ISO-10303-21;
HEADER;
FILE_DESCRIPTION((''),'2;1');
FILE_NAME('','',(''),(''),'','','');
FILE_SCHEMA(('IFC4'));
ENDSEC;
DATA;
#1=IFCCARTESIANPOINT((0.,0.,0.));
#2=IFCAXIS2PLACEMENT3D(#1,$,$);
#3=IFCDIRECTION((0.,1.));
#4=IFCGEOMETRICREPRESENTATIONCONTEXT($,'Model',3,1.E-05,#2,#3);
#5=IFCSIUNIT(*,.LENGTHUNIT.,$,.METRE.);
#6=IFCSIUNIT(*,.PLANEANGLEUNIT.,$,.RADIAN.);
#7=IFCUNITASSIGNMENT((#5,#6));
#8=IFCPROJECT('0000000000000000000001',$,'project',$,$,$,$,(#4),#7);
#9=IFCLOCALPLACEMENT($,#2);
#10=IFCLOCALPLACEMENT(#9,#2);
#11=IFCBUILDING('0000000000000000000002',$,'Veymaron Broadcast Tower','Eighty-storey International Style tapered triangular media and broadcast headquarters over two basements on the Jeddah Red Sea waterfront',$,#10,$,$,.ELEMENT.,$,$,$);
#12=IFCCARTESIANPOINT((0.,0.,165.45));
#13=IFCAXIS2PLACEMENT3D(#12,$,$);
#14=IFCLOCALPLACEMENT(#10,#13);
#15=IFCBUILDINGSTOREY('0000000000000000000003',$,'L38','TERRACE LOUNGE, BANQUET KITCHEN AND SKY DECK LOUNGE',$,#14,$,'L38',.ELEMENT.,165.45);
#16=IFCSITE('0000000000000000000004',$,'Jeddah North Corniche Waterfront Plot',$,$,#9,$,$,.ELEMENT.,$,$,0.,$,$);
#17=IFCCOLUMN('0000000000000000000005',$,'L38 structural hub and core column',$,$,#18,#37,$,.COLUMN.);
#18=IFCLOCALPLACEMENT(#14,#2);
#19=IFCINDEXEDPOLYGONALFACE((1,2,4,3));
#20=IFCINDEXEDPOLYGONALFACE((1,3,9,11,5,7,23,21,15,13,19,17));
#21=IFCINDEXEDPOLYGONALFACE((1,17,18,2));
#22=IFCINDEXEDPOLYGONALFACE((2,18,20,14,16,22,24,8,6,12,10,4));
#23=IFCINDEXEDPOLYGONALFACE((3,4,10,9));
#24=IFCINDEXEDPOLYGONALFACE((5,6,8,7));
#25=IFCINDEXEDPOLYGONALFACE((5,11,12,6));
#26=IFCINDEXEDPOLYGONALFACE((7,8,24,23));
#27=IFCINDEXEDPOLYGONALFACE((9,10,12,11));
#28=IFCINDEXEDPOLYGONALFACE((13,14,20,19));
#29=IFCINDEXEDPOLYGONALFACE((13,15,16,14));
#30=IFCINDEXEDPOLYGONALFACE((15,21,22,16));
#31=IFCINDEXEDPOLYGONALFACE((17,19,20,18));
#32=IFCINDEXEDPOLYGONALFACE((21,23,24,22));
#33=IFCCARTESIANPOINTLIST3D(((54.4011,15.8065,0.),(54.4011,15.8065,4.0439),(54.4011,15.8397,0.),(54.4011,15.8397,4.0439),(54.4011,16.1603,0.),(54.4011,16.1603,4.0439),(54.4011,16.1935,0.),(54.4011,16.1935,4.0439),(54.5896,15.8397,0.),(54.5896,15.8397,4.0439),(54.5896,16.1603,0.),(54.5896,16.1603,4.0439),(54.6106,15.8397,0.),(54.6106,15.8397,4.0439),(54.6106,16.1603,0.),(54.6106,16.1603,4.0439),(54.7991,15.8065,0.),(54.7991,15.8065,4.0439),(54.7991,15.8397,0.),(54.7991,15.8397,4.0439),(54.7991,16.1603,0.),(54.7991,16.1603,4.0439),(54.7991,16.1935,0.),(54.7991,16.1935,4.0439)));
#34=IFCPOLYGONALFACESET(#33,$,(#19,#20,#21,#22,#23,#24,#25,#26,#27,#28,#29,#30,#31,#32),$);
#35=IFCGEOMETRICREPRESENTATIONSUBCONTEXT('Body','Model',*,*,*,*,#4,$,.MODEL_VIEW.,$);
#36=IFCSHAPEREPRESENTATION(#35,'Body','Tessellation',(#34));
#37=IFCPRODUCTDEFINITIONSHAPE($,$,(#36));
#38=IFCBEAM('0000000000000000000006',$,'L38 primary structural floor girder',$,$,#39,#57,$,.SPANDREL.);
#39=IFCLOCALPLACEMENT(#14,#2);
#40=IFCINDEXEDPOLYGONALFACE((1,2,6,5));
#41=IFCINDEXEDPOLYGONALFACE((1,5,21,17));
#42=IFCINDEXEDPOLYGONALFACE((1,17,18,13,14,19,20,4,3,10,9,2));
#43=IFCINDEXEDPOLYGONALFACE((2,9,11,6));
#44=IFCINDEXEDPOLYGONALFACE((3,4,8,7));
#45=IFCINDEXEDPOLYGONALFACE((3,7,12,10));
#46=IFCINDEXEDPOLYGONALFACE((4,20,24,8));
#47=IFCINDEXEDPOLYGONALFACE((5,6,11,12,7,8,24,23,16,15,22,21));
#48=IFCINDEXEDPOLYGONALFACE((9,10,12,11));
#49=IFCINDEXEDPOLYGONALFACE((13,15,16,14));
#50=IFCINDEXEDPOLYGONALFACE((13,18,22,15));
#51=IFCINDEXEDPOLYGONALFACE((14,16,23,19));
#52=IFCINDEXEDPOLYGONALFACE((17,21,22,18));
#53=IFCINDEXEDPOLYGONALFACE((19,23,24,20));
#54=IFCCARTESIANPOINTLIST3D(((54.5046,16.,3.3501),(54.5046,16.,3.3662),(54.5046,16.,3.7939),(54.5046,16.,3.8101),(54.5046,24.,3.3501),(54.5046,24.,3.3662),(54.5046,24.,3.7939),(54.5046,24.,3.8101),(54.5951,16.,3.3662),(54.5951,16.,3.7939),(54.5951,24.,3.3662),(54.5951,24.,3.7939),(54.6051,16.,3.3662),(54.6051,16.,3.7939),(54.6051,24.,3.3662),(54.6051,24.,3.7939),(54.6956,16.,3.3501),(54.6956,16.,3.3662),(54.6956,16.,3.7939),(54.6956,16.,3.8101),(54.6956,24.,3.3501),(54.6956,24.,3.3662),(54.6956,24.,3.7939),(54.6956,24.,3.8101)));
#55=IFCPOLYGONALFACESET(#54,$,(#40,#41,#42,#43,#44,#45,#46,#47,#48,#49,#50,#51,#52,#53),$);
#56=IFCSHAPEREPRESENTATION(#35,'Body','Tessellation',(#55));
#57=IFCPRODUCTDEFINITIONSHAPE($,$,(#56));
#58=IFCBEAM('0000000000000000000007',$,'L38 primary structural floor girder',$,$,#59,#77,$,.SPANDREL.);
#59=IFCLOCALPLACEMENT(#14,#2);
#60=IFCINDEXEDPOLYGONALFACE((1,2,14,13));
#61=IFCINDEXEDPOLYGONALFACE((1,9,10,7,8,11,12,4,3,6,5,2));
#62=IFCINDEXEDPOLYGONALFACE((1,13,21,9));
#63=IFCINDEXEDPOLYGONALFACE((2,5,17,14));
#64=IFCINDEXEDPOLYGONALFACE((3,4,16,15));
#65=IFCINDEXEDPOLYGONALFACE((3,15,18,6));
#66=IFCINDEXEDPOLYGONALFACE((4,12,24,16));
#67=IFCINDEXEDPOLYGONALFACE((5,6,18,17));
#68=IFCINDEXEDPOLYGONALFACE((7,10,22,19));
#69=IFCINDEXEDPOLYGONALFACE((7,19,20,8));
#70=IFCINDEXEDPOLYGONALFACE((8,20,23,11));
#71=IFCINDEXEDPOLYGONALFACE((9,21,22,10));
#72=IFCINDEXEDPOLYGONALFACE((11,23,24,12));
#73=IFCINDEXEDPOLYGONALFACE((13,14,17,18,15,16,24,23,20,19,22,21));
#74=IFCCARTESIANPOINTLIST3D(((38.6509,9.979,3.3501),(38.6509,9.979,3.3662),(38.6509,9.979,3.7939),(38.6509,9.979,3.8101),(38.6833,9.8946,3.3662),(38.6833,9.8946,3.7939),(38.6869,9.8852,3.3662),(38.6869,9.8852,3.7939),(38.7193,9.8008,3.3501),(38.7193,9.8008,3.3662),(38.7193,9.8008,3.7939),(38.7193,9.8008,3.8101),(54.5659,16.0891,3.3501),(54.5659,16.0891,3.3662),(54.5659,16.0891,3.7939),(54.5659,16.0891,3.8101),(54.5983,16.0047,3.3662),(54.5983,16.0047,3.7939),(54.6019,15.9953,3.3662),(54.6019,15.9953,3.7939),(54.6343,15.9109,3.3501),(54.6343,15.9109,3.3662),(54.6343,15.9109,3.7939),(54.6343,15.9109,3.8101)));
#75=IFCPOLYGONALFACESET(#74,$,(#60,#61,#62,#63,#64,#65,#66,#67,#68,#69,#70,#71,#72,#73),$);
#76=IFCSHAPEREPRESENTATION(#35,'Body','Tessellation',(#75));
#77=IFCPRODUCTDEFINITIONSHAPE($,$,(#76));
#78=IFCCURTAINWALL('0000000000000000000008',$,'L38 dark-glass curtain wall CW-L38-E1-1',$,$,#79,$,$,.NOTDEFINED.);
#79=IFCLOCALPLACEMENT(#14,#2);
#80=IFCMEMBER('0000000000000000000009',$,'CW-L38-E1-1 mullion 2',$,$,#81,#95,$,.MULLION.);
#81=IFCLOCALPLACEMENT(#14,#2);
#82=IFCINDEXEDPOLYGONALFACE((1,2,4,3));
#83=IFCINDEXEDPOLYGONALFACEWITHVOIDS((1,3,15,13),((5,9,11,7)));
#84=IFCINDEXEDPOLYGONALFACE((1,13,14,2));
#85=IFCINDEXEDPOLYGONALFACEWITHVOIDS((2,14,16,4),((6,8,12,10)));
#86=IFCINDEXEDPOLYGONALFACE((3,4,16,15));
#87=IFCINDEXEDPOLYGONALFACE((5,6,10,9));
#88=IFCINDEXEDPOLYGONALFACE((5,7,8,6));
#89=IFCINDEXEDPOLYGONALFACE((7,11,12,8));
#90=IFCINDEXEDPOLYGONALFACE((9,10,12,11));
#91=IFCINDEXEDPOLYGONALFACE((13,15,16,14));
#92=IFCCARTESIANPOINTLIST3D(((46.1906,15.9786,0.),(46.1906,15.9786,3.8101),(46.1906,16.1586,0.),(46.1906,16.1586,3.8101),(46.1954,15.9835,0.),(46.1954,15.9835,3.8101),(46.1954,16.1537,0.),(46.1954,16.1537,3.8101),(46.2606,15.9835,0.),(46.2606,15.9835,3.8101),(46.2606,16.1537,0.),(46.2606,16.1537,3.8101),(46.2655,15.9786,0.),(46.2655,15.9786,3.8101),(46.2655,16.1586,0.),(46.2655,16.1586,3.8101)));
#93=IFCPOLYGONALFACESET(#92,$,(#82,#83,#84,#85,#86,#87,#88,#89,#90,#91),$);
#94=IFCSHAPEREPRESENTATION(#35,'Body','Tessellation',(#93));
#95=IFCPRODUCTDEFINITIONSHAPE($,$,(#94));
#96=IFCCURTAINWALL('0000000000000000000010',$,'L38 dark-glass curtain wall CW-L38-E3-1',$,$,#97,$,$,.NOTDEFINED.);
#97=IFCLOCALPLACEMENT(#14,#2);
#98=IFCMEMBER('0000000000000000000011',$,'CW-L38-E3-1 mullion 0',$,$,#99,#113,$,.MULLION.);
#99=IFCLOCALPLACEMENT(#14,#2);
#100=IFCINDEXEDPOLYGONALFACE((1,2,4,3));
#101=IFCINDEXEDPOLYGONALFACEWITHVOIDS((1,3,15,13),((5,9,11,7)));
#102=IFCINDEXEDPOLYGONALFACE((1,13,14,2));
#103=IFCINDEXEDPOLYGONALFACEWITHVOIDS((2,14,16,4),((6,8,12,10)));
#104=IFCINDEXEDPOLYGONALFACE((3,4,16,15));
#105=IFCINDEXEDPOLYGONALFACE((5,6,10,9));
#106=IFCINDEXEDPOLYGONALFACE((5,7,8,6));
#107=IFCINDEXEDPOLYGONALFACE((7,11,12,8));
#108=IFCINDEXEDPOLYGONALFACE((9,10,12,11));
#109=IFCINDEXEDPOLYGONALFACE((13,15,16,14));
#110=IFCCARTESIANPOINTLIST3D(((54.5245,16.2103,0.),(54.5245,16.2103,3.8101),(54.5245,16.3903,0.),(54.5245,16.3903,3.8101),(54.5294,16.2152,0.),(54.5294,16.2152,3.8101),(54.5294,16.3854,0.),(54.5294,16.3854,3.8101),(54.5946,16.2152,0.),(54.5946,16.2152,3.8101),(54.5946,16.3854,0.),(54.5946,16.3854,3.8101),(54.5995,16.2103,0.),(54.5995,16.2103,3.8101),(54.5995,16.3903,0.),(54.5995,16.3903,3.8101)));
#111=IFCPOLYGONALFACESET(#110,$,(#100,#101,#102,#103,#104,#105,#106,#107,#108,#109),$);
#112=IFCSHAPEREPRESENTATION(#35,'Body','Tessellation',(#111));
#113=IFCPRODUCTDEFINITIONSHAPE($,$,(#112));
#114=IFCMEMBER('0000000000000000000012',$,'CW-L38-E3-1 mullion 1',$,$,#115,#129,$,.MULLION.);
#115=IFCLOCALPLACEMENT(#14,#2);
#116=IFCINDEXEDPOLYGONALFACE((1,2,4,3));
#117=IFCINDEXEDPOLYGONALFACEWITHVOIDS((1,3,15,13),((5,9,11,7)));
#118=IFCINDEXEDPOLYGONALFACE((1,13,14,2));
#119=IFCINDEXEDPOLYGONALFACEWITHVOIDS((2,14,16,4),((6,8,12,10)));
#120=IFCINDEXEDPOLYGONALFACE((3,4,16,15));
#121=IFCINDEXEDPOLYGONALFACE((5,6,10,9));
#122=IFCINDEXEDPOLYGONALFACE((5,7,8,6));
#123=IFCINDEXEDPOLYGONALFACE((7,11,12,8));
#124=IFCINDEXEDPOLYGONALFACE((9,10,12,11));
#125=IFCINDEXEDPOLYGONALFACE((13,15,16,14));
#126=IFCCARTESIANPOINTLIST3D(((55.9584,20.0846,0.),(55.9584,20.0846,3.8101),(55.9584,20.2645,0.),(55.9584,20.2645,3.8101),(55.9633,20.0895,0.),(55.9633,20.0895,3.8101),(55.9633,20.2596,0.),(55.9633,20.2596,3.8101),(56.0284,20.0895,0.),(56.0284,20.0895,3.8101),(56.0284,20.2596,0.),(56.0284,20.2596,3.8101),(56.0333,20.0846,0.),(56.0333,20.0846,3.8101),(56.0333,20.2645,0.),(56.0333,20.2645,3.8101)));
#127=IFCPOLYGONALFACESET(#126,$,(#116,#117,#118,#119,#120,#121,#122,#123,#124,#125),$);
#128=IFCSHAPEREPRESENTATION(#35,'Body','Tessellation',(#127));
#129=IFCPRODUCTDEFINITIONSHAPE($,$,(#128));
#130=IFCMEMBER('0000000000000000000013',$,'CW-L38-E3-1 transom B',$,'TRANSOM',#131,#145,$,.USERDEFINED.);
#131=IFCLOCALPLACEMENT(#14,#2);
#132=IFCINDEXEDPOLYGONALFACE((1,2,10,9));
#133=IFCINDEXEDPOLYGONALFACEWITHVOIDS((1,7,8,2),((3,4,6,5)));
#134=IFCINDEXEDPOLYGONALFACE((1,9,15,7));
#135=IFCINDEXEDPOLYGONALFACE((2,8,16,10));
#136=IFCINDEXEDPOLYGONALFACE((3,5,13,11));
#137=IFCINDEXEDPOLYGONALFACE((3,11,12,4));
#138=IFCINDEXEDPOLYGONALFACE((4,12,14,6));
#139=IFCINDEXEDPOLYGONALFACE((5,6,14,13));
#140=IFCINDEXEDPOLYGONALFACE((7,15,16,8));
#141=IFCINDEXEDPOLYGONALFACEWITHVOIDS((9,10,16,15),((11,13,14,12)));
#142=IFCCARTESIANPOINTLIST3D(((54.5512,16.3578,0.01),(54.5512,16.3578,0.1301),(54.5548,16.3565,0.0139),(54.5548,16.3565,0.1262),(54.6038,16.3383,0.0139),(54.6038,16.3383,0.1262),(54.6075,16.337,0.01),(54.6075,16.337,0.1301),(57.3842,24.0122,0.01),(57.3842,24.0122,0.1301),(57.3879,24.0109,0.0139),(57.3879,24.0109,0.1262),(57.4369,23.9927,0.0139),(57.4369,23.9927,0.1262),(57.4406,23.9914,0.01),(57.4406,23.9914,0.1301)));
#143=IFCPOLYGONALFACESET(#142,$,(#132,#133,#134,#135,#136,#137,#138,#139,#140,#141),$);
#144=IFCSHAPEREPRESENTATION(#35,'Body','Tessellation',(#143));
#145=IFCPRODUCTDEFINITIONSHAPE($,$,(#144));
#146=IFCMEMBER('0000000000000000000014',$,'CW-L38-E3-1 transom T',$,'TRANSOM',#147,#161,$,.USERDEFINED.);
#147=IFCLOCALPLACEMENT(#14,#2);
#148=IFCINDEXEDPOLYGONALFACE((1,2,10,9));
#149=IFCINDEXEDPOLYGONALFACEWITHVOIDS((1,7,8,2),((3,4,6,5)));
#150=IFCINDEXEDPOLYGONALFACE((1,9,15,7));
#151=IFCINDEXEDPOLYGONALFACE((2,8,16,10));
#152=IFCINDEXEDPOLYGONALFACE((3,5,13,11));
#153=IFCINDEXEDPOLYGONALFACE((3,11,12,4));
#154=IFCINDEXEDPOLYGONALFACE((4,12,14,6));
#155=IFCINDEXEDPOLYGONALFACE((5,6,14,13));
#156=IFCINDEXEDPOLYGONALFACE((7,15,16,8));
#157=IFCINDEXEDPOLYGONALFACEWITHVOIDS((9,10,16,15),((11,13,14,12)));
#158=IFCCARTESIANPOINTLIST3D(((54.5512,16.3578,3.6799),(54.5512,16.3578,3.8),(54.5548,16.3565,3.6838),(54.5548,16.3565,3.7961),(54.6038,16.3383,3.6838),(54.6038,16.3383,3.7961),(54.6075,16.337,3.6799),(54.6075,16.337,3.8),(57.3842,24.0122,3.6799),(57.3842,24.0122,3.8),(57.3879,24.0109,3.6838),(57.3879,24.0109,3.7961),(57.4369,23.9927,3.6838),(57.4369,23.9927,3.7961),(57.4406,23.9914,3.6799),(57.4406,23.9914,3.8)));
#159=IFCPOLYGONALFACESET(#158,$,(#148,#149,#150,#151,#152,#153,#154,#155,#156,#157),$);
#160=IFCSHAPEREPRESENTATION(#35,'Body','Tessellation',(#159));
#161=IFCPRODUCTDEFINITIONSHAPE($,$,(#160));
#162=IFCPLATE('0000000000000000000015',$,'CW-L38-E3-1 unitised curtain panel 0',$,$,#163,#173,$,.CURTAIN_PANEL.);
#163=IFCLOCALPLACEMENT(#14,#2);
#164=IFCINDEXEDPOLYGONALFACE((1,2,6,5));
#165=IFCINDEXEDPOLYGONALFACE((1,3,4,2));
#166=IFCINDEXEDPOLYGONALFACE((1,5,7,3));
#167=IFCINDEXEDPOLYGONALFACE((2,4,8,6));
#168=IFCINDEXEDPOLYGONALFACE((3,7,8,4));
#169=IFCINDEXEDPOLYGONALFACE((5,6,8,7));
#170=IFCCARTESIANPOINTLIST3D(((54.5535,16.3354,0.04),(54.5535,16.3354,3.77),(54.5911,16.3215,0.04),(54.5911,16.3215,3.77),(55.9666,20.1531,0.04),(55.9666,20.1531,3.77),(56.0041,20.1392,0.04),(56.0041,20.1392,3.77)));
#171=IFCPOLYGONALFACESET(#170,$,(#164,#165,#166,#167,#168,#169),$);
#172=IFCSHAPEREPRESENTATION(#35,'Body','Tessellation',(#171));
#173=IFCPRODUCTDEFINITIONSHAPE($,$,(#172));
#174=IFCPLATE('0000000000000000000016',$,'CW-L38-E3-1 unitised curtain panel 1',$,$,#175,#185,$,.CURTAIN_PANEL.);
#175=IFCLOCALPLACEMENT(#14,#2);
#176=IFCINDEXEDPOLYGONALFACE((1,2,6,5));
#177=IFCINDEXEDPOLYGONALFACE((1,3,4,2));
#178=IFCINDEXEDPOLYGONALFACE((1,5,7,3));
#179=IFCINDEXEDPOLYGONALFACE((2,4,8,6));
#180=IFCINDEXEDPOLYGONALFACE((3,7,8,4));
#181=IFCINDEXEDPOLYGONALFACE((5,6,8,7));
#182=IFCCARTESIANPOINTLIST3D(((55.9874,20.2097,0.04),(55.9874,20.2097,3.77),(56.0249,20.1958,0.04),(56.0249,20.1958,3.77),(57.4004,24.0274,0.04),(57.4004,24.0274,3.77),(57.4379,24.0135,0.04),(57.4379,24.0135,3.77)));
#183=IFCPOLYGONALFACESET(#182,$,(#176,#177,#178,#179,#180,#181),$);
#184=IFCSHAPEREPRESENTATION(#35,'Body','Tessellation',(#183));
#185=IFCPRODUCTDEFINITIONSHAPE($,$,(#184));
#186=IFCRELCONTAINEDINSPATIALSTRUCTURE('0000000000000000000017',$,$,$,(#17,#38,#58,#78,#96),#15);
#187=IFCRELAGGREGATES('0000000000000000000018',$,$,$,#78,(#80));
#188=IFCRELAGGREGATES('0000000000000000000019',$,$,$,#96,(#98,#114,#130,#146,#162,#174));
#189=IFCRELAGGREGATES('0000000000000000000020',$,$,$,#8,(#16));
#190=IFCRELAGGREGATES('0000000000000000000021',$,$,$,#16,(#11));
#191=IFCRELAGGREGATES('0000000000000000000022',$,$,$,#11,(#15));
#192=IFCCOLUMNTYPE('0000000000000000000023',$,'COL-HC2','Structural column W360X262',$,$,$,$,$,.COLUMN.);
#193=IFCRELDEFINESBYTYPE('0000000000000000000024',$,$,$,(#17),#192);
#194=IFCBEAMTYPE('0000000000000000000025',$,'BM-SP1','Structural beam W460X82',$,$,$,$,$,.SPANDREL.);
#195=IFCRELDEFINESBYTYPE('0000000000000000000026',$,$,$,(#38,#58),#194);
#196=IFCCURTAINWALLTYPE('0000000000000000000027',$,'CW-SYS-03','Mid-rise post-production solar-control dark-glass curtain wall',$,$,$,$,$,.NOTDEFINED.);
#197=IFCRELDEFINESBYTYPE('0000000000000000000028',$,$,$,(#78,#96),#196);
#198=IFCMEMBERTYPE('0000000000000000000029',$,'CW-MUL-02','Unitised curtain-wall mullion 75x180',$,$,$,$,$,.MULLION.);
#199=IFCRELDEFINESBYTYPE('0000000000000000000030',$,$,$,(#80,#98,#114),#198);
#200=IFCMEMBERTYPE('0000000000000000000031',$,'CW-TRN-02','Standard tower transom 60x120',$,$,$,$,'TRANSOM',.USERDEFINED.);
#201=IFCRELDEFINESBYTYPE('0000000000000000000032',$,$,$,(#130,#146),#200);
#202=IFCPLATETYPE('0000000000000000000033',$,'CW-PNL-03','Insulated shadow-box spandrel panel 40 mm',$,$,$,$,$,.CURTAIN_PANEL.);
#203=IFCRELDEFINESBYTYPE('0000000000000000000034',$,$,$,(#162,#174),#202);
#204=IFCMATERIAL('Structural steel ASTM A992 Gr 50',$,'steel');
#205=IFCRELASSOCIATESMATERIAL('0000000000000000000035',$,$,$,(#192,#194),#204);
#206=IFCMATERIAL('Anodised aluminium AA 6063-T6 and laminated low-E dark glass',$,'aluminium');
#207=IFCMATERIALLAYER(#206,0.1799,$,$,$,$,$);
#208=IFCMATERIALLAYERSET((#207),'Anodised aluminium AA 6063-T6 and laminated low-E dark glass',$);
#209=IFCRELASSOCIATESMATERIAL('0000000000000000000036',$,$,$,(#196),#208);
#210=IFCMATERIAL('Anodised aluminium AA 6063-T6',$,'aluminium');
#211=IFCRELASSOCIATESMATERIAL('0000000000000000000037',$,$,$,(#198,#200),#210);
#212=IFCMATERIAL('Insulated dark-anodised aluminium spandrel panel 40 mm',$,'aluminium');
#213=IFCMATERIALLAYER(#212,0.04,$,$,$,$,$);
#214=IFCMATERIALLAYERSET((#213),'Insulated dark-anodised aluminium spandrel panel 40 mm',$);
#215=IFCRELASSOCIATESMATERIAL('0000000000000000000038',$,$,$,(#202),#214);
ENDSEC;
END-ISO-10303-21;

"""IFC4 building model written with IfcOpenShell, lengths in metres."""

from ifc_helpers import new_model, si_unit, direction, frame, origin, origin_2d, place, context, subcontext, project, spatial, rectangle, hollow_rectangle, i_section, extrude, material, layer, layer_set, material_profile, profile_set, type_object, element, aggregate, save


model = new_model("IFC4")

# Units and contexts
model_context = context("Model", 3, precision=1e-05, world=origin(), true_north=direction((0.0, 1.0)))
body_context = subcontext(model_context, "Body", "Model", "MODEL_VIEW")
ifc_project = project(units=[si_unit("LENGTHUNIT", "METRE"), si_unit("PLANEANGLEUNIT", "RADIAN")], contexts=[model_context])

# Site, building, storey
site_placement = place(None, origin())
site = spatial("IfcSite", under=ifc_project, at=site_placement, Name="Jeddah North Corniche Waterfront Plot", CompositionType="ELEMENT", RefElevation=0.0)
building_placement = place(site_placement, origin())
building = spatial("IfcBuilding", under=site, at=building_placement, Name="Veymaron Broadcast Tower", Description="Eighty-storey International Style tapered triangular media and broadcast headquarters over two basements on the Jeddah Red Sea waterfront", CompositionType="ELEMENT")
storey_placement = place(building_placement, frame((0.0, 0.0, 165.45)))
storey = spatial("IfcBuildingStorey", under=building, at=storey_placement, Name="L38", Description="TERRACE LOUNGE, BANQUET KITCHEN AND SKY DECK LOUNGE", LongName="L38", CompositionType="ELEMENT", Elevation=165.45)

# Column
ifc_material_1 = material(Name="Structural steel ASTM A992 Gr 50", Category="steel")
ifc_material_profile_1 = material_profile(ifc_material_1, i_section(OverallWidth=0.3979, OverallDepth=0.387, WebThickness=0.021, FlangeThickness=0.0332, at=origin_2d()), Name="W360X262")
ifc_profile_set_1 = profile_set([ifc_material_profile_1], Name="Structural steel ASTM A992 Gr 50")
column_type = type_object("IfcColumnType", Name="COL-HC2", Description="Structural column W360X262", PredefinedType="COLUMN", material=ifc_profile_set_1)
column_placement = place(storey_placement, frame((54.6001, 16.0, 0.0), z_axis=(0.0, 0.0, 1.0), x_axis=(1.0, 0.0, 0.0)))
element("IfcColumn", 1, at=column_placement, inside=storey, type_object=column_type, Name="L38 structural hub and core column", PredefinedType="COLUMN", context=body_context, shape_type="SweptSolid", body=[
    extrude(i_section(OverallWidth=0.3979, OverallDepth=0.387, WebThickness=0.021, FlangeThickness=0.0332, at=origin_2d()), origin(), (0.0, 0.0, 1.0), 4.0439),
])

# Beams
ifc_material_profile_2 = material_profile(ifc_material_1, i_section(OverallWidth=0.1909, OverallDepth=0.46, WebThickness=0.01, FlangeThickness=0.0161, at=origin_2d()), Name="W460X82")
ifc_profile_set_2 = profile_set([ifc_material_profile_2], Name="Structural steel ASTM A992 Gr 50")
beam_type = type_object("IfcBeamType", Name="BM-SP1", Description="Structural beam W460X82", PredefinedType="SPANDREL", material=ifc_profile_set_2)
beam_1_placement = place(storey_placement, frame((54.6001, 16.0, 3.5801), z_axis=(0.0, 1.0, 0.0), x_axis=(-1.0, 0.0, 0.0)))
element("IfcBeam", 2, at=beam_1_placement, inside=storey, type_object=beam_type, Name="L38 primary structural floor girder", PredefinedType="SPANDREL", context=body_context, shape_type="SweptSolid", body=[
    extrude(i_section(OverallWidth=0.1909, OverallDepth=0.46, WebThickness=0.01, FlangeThickness=0.0161, at=origin_2d()), origin(), (0.0, 0.0, 1.0), 8.0),
])
beam_2_placement = place(storey_placement, frame((54.6001, 16.0, 3.5801), z_axis=(-0.933563, -0.358414, 0.0), x_axis=(0.358414, -0.933563, 0.0)))
element("IfcBeam", 3, at=beam_2_placement, inside=storey, type_object=beam_type, Name="L38 primary structural floor girder", PredefinedType="SPANDREL", context=body_context, shape_type="SweptSolid", body=[
    extrude(i_section(OverallWidth=0.1909, OverallDepth=0.46, WebThickness=0.01, FlangeThickness=0.0161, at=origin_2d()), origin(), (0.0, 0.0, 1.0), 17.0476),
])

# Curtain wall, member
ifc_material_2 = material(Name="Anodised aluminium AA 6063-T6 and laminated low-E dark glass", Category="aluminium")
ifc_layer_1 = layer(ifc_material_2, 0.1799)
ifc_layer_set_1 = layer_set([ifc_layer_1], Name="Anodised aluminium AA 6063-T6 and laminated low-E dark glass")
curtain_wall_type = type_object("IfcCurtainWallType", Name="CW-SYS-03", Description="Mid-rise post-production solar-control dark-glass curtain wall", PredefinedType="NOTDEFINED", material=ifc_layer_set_1)
curtain_wall_1_placement = place(storey_placement, origin())
curtain_wall_1 = element("IfcCurtainWall", 4, at=curtain_wall_1_placement, inside=storey, type_object=curtain_wall_type, Name="L38 dark-glass curtain wall CW-L38-E1-1", PredefinedType="NOTDEFINED")
ifc_material_3 = material(Name="Anodised aluminium AA 6063-T6", Category="aluminium")
ifc_material_profile_3 = material_profile(ifc_material_3, hollow_rectangle(XDim=0.075, YDim=0.1799, WallThickness=0.0049, at=origin_2d()), Name="AL180X75X5")
ifc_profile_set_3 = profile_set([ifc_material_profile_3], Name="Anodised aluminium AA 6063-T6")
member_type_1 = type_object("IfcMemberType", Name="CW-MUL-02", Description="Unitised curtain-wall mullion 75x180", PredefinedType="MULLION", material=ifc_profile_set_3)
member_1_placement = place(storey_placement, frame((46.228, 16.0686, 0.0), z_axis=(0.0, 0.0, 1.0), x_axis=(1.0, 0.0, 0.0)))
member_1 = element("IfcMember", 5, at=member_1_placement, type_object=member_type_1, Name="CW-L38-E1-1 mullion 2", PredefinedType="MULLION", context=body_context, shape_type="SweptSolid", body=[
    extrude(hollow_rectangle(XDim=0.075, YDim=0.1799, WallThickness=0.0049, at=origin_2d()), origin(), (0.0, 0.0, 1.0), 3.8101),
])
aggregate(curtain_wall_1, [member_1])

# Curtain wall, members, plates
curtain_wall_2_placement = place(storey_placement, origin())
curtain_wall_2 = element("IfcCurtainWall", 6, at=curtain_wall_2_placement, inside=storey, type_object=curtain_wall_type, Name="L38 dark-glass curtain wall CW-L38-E3-1", PredefinedType="NOTDEFINED")
member_2_placement = place(storey_placement, frame((54.562, 16.3003, 0.0), z_axis=(0.0, 0.0, 1.0), x_axis=(1.0, 0.0, 0.0)))
member_2 = element("IfcMember", 7, at=member_2_placement, type_object=member_type_1, Name="CW-L38-E3-1 mullion 0", PredefinedType="MULLION", context=body_context, shape_type="SweptSolid", body=[
    extrude(hollow_rectangle(XDim=0.075, YDim=0.1799, WallThickness=0.0049, at=origin_2d()), origin(), (0.0, 0.0, 1.0), 3.8101),
])
member_3_placement = place(storey_placement, frame((55.9958, 20.1746, 0.0), z_axis=(0.0, 0.0, 1.0), x_axis=(1.0, 0.0, 0.0)))
member_3 = element("IfcMember", 8, at=member_3_placement, type_object=member_type_1, Name="CW-L38-E3-1 mullion 1", PredefinedType="MULLION", context=body_context, shape_type="SweptSolid", body=[
    extrude(hollow_rectangle(XDim=0.075, YDim=0.1799, WallThickness=0.0049, at=origin_2d()), origin(), (0.0, 0.0, 1.0), 3.8101),
])
ifc_material_profile_4 = material_profile(ifc_material_3, hollow_rectangle(XDim=0.0601, YDim=0.1201, WallThickness=0.0039, at=origin_2d()), Name="AL120X60X4")
ifc_profile_set_4 = profile_set([ifc_material_profile_4], Name="Anodised aluminium AA 6063-T6")
member_type_2 = type_object("IfcMemberType", Name="CW-TRN-02", Description="Standard tower transom 60x120", ElementType="TRANSOM", PredefinedType="USERDEFINED", material=ifc_profile_set_4)
member_4_placement = place(storey_placement, frame((54.5793, 16.3474, 0.0701), z_axis=(0.347108, 0.937825, 0.0), x_axis=(-0.937825, 0.347108, 0.0)))
member_4 = element("IfcMember", 9, at=member_4_placement, type_object=member_type_2, Name="CW-L38-E3-1 transom B", ObjectType="TRANSOM", PredefinedType="USERDEFINED", context=body_context, shape_type="SweptSolid", body=[
    extrude(hollow_rectangle(XDim=0.0601, YDim=0.1201, WallThickness=0.0039, at=origin_2d()), origin(), (0.0, 0.0, 1.0), 8.1619),
])
member_5_placement = place(storey_placement, frame((54.5793, 16.3474, 3.74), z_axis=(0.347108, 0.937825, 0.0), x_axis=(-0.937825, 0.347108, 0.0)))
member_5 = element("IfcMember", 10, at=member_5_placement, type_object=member_type_2, Name="CW-L38-E3-1 transom T", ObjectType="TRANSOM", PredefinedType="USERDEFINED", context=body_context, shape_type="SweptSolid", body=[
    extrude(hollow_rectangle(XDim=0.0601, YDim=0.1201, WallThickness=0.0039, at=origin_2d()), origin(), (0.0, 0.0, 1.0), 8.1619),
])
ifc_material_4 = material(Name="Insulated dark-anodised aluminium spandrel panel 40 mm", Category="aluminium")
ifc_layer_2 = layer(ifc_material_4, 0.04)
ifc_layer_set_2 = layer_set([ifc_layer_2], Name="Insulated dark-anodised aluminium spandrel panel 40 mm")
plate_type_1 = type_object("IfcPlateType", Name="CW-PNL-03", Description="Insulated shadow-box spandrel panel 40 mm", PredefinedType="CURTAIN_PANEL", material=ifc_layer_set_2)
plate_1_placement = place(storey_placement, frame((55.2788, 18.2373, 0.04), z_axis=(0.0, 0.0, 1.0), x_axis=(0.347116, 0.937822, 0.0)))
plate_1 = element("IfcPlate", 11, at=plate_1_placement, type_object=plate_type_1, Name="CW-L38-E3-1 unitised curtain panel 0", PredefinedType="CURTAIN_PANEL", context=body_context, shape_type="SweptSolid", body=[
    extrude(rectangle(XDim=4.0708, YDim=0.04, at=origin_2d()), origin(), (0.0, 0.0, 1.0), 3.73),
])
plate_2_placement = place(storey_placement, frame((56.7126, 22.1116, 0.04), z_axis=(0.0, 0.0, 1.0), x_axis=(0.347116, 0.937822, 0.0)))
plate_2 = element("IfcPlate", 12, at=plate_2_placement, type_object=plate_type_1, Name="CW-L38-E3-1 unitised curtain panel 1", PredefinedType="CURTAIN_PANEL", context=body_context, shape_type="SweptSolid", body=[
    extrude(rectangle(XDim=4.0708, YDim=0.04, at=origin_2d()), origin(), (0.0, 0.0, 1.0), 3.73),
])
aggregate(curtain_wall_2, [member_2, member_3, member_4, member_5, plate_1, plate_2])

save(model, "model.ifc")
